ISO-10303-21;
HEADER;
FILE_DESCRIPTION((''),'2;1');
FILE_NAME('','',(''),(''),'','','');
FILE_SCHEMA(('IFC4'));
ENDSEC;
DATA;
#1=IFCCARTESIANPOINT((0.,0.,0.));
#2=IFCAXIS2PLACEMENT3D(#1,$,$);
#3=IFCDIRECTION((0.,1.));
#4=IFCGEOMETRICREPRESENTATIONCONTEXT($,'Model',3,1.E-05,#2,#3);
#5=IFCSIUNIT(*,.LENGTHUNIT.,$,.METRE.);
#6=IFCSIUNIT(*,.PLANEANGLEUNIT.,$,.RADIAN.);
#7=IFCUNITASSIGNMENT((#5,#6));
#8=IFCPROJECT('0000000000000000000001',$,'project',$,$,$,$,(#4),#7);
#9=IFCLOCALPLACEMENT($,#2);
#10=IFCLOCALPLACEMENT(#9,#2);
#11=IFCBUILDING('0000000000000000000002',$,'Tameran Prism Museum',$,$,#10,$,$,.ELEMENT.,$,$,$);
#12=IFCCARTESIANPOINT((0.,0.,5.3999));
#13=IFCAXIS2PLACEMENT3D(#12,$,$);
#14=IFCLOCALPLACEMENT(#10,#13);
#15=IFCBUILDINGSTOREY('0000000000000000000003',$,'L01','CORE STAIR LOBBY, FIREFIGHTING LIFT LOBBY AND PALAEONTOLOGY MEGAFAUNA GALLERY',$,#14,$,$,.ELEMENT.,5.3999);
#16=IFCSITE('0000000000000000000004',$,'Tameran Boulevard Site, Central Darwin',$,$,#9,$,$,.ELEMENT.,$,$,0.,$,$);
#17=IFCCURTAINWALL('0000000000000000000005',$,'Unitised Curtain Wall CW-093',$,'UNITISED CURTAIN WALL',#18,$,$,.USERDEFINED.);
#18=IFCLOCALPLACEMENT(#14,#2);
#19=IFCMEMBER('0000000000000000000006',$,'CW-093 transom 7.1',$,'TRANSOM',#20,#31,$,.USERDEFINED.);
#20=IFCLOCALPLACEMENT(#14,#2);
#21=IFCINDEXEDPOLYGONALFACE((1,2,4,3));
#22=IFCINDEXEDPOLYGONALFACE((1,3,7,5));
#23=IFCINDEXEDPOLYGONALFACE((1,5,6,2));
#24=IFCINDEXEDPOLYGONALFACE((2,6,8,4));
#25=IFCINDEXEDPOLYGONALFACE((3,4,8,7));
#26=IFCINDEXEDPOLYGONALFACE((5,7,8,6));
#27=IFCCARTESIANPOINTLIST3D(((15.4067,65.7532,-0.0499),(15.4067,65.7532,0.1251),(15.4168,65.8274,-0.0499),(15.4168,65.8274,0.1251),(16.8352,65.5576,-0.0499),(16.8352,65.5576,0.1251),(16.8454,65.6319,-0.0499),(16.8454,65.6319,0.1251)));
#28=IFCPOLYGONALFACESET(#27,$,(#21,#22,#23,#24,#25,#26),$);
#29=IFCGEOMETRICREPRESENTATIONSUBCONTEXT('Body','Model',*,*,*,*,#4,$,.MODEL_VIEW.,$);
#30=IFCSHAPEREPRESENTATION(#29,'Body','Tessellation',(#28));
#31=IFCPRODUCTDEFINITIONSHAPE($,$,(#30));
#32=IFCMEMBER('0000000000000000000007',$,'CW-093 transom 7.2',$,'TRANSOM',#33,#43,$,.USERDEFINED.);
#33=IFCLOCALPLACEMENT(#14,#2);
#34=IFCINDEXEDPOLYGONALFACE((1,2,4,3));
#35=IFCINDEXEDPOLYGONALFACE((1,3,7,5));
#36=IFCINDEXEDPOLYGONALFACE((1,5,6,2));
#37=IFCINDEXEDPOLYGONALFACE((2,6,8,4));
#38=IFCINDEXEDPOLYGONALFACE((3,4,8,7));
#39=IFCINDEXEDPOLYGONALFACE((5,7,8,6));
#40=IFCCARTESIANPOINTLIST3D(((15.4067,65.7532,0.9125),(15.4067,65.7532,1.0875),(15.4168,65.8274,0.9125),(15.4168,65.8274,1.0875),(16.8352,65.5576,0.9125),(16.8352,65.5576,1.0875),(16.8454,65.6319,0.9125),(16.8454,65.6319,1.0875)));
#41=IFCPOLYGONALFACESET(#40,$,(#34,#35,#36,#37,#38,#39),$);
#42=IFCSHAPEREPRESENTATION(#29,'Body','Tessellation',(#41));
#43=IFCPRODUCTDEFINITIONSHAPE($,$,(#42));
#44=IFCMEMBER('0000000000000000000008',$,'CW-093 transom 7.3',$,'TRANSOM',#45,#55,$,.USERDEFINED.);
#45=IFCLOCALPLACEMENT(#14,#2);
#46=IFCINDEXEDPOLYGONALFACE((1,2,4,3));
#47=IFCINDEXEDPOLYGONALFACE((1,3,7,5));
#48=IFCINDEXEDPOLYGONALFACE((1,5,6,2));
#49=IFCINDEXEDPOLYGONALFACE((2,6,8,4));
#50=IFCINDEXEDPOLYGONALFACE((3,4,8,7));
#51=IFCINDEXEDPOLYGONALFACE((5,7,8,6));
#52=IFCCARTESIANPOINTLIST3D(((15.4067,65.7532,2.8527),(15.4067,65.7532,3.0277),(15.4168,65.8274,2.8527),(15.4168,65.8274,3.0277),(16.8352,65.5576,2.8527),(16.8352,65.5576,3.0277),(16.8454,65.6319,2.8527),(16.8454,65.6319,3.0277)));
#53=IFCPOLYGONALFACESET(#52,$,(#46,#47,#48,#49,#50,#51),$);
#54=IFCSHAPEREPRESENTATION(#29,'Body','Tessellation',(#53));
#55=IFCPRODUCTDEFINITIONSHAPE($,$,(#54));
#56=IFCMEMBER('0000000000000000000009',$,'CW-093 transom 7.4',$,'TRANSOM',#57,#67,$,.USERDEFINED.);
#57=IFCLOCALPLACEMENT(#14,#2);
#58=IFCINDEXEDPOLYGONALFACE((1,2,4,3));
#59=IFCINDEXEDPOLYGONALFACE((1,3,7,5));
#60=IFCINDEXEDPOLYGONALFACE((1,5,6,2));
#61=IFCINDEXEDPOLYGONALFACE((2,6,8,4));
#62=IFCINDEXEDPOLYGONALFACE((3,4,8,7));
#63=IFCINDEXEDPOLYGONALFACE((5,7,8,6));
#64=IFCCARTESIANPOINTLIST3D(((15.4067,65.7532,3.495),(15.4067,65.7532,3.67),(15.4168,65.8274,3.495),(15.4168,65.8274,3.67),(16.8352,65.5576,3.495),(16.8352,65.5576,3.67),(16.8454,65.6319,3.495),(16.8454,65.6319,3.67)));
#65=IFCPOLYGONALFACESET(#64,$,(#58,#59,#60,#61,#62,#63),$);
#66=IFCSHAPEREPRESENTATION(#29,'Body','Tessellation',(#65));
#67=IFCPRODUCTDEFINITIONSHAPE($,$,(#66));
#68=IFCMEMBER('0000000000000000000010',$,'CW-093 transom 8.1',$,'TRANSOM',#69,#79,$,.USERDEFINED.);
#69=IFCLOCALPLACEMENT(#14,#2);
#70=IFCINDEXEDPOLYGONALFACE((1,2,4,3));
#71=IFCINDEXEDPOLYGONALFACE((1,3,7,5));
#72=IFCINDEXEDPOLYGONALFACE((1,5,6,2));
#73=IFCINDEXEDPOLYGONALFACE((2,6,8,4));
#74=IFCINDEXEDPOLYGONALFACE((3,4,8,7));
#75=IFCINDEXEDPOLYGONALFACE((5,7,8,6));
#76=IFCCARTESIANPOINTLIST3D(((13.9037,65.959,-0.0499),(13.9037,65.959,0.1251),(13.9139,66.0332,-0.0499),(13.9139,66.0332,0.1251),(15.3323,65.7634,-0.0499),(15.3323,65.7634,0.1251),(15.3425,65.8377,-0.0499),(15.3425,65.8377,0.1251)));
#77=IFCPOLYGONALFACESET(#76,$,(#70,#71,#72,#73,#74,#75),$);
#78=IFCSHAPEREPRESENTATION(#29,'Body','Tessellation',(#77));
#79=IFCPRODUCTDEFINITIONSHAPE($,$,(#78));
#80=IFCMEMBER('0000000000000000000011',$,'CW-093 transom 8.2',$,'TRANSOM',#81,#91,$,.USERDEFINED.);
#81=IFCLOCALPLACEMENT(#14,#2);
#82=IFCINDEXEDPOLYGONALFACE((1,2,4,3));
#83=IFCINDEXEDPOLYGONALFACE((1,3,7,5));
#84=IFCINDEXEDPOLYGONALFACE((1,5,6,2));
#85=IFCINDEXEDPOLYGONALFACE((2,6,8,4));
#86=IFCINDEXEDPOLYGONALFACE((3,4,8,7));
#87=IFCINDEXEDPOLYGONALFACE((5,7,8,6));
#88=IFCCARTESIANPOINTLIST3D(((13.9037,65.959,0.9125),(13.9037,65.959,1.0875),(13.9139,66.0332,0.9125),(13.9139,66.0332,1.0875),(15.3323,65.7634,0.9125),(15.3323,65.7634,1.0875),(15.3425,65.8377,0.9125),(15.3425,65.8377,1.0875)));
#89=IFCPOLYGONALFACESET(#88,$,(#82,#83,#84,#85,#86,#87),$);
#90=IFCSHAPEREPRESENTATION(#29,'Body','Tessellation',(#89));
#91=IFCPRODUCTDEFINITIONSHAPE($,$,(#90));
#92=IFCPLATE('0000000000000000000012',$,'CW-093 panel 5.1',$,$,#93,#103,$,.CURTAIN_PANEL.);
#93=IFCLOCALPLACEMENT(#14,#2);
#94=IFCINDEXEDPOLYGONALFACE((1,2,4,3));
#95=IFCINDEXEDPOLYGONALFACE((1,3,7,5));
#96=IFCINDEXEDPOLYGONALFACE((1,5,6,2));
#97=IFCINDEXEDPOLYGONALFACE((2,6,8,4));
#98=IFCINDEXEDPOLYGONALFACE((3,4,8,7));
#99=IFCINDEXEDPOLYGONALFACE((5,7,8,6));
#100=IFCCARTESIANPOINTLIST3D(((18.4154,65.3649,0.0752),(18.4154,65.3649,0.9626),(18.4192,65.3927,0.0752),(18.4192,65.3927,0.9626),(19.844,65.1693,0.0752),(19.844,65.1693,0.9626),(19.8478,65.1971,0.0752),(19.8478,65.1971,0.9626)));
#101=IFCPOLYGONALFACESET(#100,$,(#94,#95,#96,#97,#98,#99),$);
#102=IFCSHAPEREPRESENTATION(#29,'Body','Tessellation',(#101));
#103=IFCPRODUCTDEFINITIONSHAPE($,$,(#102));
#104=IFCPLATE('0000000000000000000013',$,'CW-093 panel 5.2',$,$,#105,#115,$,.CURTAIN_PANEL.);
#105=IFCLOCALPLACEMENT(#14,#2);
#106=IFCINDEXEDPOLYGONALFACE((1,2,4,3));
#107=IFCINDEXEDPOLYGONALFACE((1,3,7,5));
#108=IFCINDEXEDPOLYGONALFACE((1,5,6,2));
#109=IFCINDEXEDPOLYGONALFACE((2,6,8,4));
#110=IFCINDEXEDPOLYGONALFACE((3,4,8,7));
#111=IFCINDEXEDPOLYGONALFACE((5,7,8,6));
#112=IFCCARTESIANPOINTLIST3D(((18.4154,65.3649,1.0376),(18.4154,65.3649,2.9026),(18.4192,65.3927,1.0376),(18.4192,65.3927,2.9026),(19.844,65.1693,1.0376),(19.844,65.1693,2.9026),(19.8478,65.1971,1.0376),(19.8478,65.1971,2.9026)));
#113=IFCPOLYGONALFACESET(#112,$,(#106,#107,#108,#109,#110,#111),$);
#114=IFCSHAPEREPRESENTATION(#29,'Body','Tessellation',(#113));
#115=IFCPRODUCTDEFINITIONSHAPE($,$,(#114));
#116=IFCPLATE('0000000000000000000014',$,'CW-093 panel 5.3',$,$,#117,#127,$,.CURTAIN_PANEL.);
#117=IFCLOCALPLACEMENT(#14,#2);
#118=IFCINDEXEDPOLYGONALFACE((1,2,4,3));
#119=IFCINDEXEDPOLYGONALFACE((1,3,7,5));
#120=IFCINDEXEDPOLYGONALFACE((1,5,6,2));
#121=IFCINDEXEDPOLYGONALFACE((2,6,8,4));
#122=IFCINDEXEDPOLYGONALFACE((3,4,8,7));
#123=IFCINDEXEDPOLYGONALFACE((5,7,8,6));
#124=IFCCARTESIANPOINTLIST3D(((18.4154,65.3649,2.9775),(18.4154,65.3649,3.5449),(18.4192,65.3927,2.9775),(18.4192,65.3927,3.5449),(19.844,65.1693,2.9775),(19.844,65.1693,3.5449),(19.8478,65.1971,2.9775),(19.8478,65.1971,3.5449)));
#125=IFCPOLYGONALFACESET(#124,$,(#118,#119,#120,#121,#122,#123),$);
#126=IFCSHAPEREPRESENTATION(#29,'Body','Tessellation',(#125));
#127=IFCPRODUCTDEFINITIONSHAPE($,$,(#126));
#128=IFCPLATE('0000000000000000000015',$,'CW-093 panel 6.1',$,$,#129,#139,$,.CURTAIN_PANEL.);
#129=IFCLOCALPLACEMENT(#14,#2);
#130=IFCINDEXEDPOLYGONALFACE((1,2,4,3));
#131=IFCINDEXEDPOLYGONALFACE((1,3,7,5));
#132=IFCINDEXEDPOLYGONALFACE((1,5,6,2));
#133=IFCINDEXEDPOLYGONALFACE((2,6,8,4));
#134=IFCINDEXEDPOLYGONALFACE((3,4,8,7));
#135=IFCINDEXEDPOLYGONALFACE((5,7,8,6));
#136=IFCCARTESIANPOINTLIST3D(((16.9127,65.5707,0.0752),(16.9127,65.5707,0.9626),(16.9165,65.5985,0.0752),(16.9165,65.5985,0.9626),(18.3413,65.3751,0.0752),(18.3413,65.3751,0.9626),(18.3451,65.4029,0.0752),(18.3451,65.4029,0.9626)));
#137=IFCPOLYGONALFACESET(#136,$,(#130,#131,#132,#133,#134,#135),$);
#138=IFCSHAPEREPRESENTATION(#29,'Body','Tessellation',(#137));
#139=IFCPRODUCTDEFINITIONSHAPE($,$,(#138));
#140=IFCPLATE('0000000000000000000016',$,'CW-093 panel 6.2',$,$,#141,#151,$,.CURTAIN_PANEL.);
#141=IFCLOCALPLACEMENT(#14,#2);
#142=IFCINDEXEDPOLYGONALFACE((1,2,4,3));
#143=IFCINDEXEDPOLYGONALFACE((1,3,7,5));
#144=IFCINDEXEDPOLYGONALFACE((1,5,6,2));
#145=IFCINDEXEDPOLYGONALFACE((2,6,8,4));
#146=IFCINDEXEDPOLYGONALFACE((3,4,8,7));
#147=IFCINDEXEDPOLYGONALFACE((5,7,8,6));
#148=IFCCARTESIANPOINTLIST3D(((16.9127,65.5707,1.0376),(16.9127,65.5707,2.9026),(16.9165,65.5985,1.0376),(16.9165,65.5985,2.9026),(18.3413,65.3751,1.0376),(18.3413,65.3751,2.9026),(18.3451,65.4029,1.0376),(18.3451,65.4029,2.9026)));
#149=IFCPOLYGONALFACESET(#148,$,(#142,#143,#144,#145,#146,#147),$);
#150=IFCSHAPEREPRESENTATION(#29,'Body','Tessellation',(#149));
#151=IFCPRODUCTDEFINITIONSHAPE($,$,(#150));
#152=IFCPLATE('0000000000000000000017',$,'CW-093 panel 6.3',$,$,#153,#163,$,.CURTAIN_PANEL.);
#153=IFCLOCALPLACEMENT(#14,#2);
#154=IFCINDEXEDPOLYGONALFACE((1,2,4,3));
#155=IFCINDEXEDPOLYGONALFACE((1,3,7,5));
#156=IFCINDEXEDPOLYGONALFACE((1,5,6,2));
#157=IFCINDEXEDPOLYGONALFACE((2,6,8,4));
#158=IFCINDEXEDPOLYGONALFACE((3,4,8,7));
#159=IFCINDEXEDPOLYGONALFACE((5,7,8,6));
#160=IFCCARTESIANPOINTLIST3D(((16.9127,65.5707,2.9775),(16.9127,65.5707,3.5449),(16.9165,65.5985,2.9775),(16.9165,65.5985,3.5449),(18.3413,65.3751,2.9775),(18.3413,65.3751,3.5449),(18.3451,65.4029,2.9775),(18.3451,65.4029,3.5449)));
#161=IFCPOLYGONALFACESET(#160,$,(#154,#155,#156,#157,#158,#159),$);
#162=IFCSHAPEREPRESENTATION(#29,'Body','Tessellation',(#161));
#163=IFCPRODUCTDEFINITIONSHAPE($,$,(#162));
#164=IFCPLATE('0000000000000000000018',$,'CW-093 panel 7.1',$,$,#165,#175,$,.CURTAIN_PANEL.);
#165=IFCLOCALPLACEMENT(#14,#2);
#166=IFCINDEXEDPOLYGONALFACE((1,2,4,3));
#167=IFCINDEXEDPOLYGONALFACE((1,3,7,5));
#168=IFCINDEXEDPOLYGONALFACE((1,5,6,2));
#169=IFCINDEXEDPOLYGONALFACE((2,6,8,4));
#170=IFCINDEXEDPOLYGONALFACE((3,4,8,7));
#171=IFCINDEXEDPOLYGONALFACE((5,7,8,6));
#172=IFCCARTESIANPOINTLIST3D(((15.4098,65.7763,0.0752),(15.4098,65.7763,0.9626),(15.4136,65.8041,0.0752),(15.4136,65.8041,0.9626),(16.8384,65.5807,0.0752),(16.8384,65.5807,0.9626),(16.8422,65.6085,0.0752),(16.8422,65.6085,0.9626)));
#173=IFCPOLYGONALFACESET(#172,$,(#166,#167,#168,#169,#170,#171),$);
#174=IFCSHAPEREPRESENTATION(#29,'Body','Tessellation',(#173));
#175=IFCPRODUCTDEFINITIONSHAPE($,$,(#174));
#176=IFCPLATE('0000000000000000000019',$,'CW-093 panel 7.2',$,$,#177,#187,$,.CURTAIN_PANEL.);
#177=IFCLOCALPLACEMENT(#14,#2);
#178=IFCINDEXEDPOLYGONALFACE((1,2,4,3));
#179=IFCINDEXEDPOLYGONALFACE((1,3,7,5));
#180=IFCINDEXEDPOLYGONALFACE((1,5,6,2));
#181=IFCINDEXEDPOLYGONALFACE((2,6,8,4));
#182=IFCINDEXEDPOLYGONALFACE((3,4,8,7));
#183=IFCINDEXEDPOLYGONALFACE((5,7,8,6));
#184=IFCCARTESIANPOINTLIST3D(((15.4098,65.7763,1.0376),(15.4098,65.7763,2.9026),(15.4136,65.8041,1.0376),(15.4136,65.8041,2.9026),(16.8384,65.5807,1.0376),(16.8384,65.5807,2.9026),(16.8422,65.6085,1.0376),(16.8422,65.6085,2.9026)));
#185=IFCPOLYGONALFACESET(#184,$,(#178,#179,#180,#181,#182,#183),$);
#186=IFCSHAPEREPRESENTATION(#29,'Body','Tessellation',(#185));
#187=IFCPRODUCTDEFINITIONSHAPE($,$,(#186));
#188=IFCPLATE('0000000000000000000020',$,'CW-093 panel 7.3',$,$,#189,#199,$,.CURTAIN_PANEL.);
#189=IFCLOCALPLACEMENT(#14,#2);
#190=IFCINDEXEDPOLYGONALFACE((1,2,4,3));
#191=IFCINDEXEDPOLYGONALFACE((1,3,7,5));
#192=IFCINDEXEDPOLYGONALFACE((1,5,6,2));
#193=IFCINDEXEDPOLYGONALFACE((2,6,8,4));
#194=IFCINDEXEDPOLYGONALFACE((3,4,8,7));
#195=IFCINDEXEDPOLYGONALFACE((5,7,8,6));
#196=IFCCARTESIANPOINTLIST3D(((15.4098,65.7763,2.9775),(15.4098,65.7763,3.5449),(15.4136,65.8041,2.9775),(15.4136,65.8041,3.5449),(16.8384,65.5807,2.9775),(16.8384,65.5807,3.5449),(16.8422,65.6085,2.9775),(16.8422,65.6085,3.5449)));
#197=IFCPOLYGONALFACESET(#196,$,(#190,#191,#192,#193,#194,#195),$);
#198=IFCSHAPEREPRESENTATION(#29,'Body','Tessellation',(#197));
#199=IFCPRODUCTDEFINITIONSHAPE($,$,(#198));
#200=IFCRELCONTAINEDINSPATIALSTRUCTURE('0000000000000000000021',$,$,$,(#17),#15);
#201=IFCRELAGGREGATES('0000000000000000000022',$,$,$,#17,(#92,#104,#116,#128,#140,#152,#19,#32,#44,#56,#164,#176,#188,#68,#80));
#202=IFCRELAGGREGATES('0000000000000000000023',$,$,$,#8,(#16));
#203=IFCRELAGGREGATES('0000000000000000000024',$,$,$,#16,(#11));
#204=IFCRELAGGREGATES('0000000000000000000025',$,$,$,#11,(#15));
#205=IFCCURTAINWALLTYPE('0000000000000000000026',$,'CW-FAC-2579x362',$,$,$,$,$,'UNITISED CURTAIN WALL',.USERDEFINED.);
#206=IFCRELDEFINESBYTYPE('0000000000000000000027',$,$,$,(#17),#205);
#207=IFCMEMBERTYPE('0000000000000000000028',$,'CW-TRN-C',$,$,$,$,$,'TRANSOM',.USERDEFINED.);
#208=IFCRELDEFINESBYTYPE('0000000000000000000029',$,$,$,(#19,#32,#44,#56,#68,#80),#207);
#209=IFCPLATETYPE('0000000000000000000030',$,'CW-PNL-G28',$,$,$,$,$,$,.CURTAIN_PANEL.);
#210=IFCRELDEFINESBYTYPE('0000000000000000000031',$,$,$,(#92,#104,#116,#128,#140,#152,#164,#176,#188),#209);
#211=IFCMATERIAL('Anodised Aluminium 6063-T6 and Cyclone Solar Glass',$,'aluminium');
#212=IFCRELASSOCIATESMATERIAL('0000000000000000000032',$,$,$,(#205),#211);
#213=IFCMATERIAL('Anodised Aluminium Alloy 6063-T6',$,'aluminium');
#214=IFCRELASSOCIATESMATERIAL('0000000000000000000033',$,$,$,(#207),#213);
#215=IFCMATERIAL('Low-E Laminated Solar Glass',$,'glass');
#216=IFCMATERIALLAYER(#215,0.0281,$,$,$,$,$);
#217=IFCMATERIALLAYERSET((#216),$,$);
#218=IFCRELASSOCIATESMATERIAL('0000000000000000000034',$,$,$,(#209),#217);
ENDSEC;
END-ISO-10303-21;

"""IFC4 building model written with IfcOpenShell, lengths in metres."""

from ifc_helpers import new_model, si_unit, direction, frame, origin, origin_2d, place, context, subcontext, project, spatial, rectangle, extrude, material, layer, layer_set, material_profile, profile_set, type_object, element, aggregate, save


model = new_model("IFC4")

# Units and contexts
model_context = context("Model", 3, precision=1e-05, world=origin(), true_north=direction((0.0, 1.0)))
body_context = subcontext(model_context, "Body", "Model", "MODEL_VIEW")
ifc_project = project(units=[si_unit("LENGTHUNIT", "METRE"), si_unit("PLANEANGLEUNIT", "RADIAN")], contexts=[model_context])

# Site, building, storey
site_placement = place(None, origin())
site = spatial("IfcSite", under=ifc_project, at=site_placement, Name="Tameran Boulevard Site, Central Darwin", CompositionType="ELEMENT", RefElevation=0.0)
building_placement = place(site_placement, origin())
building = spatial("IfcBuilding", under=site, at=building_placement, Name="Tameran Prism Museum", CompositionType="ELEMENT")
storey_placement = place(building_placement, frame((0.0, 0.0, 5.3999)))
storey = spatial("IfcBuildingStorey", under=building, at=storey_placement, Name="L01", Description="CORE STAIR LOBBY, FIREFIGHTING LIFT LOBBY AND PALAEONTOLOGY MEGAFAUNA GALLERY", CompositionType="ELEMENT", Elevation=5.3999)

# Curtain wall
ifc_material_1 = material(Name="Anodised Aluminium 6063-T6 and Cyclone Solar Glass", Category="aluminium")
curtain_wall_type_1 = type_object("IfcCurtainWallType", Name="CW-FAC-2579x362", ElementType="UNITISED CURTAIN WALL", PredefinedType="USERDEFINED", material=ifc_material_1)
curtain_wall_1_placement = place(storey_placement, origin())
curtain_wall_1 = element("IfcCurtainWall", 1, at=curtain_wall_1_placement, inside=storey, type_object=curtain_wall_type_1, Name="Unitised Curtain Wall CW-093", ObjectType="UNITISED CURTAIN WALL", PredefinedType="USERDEFINED")

# Members
ifc_material_2 = material(Name="Anodised Aluminium Alloy 6063-T6", Category="aluminium")
ifc_material_profile_1 = material_profile(ifc_material_2, rectangle(XDim=0.075, YDim=0.175, at=origin_2d()))
ifc_profile_set_1 = profile_set([ifc_material_profile_1])
member_type_1 = type_object("IfcMemberType", Name="CW-TRN-C", ElementType="TRANSOM", PredefinedType="USERDEFINED", material=ifc_profile_set_1)
member_1_placement = place(storey_placement, frame((16.8403, 65.5947, 0.0376), z_axis=(-0.990759, 0.135635, 0.0), x_axis=(-0.135635, -0.990759, 0.0)))
member_1 = element("IfcMember", 2, at=member_1_placement, type_object=member_type_1, Name="CW-093 transom 7.1", ObjectType="TRANSOM", PredefinedType="USERDEFINED", context=body_context, shape_type="SweptSolid", body=[
    extrude(rectangle(XDim=0.075, YDim=0.175, at=origin_2d()), origin(), (0.0, 0.0, 1.0), 1.4419),
])
member_2_placement = place(storey_placement, frame((16.8403, 65.5947, 1.0), z_axis=(-0.990759, 0.135635, 0.0), x_axis=(-0.135635, -0.990759, 0.0)))
member_2 = element("IfcMember", 3, at=member_2_placement, type_object=member_type_1, Name="CW-093 transom 7.2", ObjectType="TRANSOM", PredefinedType="USERDEFINED", context=body_context, shape_type="SweptSolid", body=[
    extrude(rectangle(XDim=0.075, YDim=0.175, at=origin_2d()), origin(), (0.0, 0.0, 1.0), 1.4419),
])
member_3_placement = place(storey_placement, frame((16.8403, 65.5947, 2.9402), z_axis=(-0.990759, 0.135635, 0.0), x_axis=(-0.135635, -0.990759, 0.0)))
member_3 = element("IfcMember", 4, at=member_3_placement, type_object=member_type_1, Name="CW-093 transom 7.3", ObjectType="TRANSOM", PredefinedType="USERDEFINED", context=body_context, shape_type="SweptSolid", body=[
    extrude(rectangle(XDim=0.075, YDim=0.175, at=origin_2d()), origin(), (0.0, 0.0, 1.0), 1.4419),
])
member_4_placement = place(storey_placement, frame((16.8403, 65.5947, 3.5825), z_axis=(-0.990759, 0.135635, 0.0), x_axis=(-0.135635, -0.990759, 0.0)))
member_4 = element("IfcMember", 5, at=member_4_placement, type_object=member_type_1, Name="CW-093 transom 7.4", ObjectType="TRANSOM", PredefinedType="USERDEFINED", context=body_context, shape_type="SweptSolid", body=[
    extrude(rectangle(XDim=0.075, YDim=0.175, at=origin_2d()), origin(), (0.0, 0.0, 1.0), 1.4419),
])
member_5_placement = place(storey_placement, frame((15.3374, 65.8005, 0.0376), z_axis=(-0.990759, 0.135635, 0.0), x_axis=(-0.135635, -0.990759, 0.0)))
member_5 = element("IfcMember", 6, at=member_5_placement, type_object=member_type_1, Name="CW-093 transom 8.1", ObjectType="TRANSOM", PredefinedType="USERDEFINED", context=body_context, shape_type="SweptSolid", body=[
    extrude(rectangle(XDim=0.075, YDim=0.175, at=origin_2d()), origin(), (0.0, 0.0, 1.0), 1.4419),
])
member_6_placement = place(storey_placement, frame((15.3374, 65.8005, 1.0), z_axis=(-0.990759, 0.135635, 0.0), x_axis=(-0.135635, -0.990759, 0.0)))
member_6 = element("IfcMember", 7, at=member_6_placement, type_object=member_type_1, Name="CW-093 transom 8.2", ObjectType="TRANSOM", PredefinedType="USERDEFINED", context=body_context, shape_type="SweptSolid", body=[
    extrude(rectangle(XDim=0.075, YDim=0.175, at=origin_2d()), origin(), (0.0, 0.0, 1.0), 1.4419),
])

# Plates
ifc_material_3 = material(Name="Low-E Laminated Solar Glass", Category="glass")
ifc_layer_1 = layer(ifc_material_3, 0.0281)
ifc_layer_set_1 = layer_set([ifc_layer_1])
plate_type_1 = type_object("IfcPlateType", Name="CW-PNL-G28", PredefinedType="CURTAIN_PANEL", material=ifc_layer_set_1)
plate_1_placement = place(storey_placement, frame((19.1316, 65.281, 0.0752), z_axis=(0.0, 0.0, 1.0), x_axis=(-0.990756, 0.135658, 0.0)))
plate_1 = element("IfcPlate", 8, at=plate_1_placement, type_object=plate_type_1, Name="CW-093 panel 5.1", PredefinedType="CURTAIN_PANEL", context=body_context, shape_type="SweptSolid", body=[
    extrude(rectangle(XDim=1.4419, YDim=0.0281, at=origin_2d()), origin(), (0.0, 0.0, 1.0), 0.8875),
])
plate_2_placement = place(storey_placement, frame((19.1316, 65.281, 1.0376), z_axis=(0.0, 0.0, 1.0), x_axis=(-0.990756, 0.135658, 0.0)))
plate_2 = element("IfcPlate", 9, at=plate_2_placement, type_object=plate_type_1, Name="CW-093 panel 5.2", PredefinedType="CURTAIN_PANEL", context=body_context, shape_type="SweptSolid", body=[
    extrude(rectangle(XDim=1.4419, YDim=0.0281, at=origin_2d()), origin(), (0.0, 0.0, 1.0), 1.865),
])
plate_3_placement = place(storey_placement, frame((19.1316, 65.281, 2.9775), z_axis=(0.0, 0.0, 1.0), x_axis=(-0.990756, 0.135658, 0.0)))
plate_3 = element("IfcPlate", 10, at=plate_3_placement, type_object=plate_type_1, Name="CW-093 panel 5.3", PredefinedType="CURTAIN_PANEL", context=body_context, shape_type="SweptSolid", body=[
    extrude(rectangle(XDim=1.4419, YDim=0.0281, at=origin_2d()), origin(), (0.0, 0.0, 1.0), 0.5674),
])
plate_4_placement = place(storey_placement, frame((17.6289, 65.4868, 0.0752), z_axis=(0.0, 0.0, 1.0), x_axis=(-0.990756, 0.135658, 0.0)))
plate_4 = element("IfcPlate", 11, at=plate_4_placement, type_object=plate_type_1, Name="CW-093 panel 6.1", PredefinedType="CURTAIN_PANEL", context=body_context, shape_type="SweptSolid", body=[
    extrude(rectangle(XDim=1.4419, YDim=0.0281, at=origin_2d()), origin(), (0.0, 0.0, 1.0), 0.8875),
])
plate_5_placement = place(storey_placement, frame((17.6289, 65.4868, 1.0376), z_axis=(0.0, 0.0, 1.0), x_axis=(-0.990756, 0.135658, 0.0)))
plate_5 = element("IfcPlate", 12, at=plate_5_placement, type_object=plate_type_1, Name="CW-093 panel 6.2", PredefinedType="CURTAIN_PANEL", context=body_context, shape_type="SweptSolid", body=[
    extrude(rectangle(XDim=1.4419, YDim=0.0281, at=origin_2d()), origin(), (0.0, 0.0, 1.0), 1.865),
])
plate_6_placement = place(storey_placement, frame((17.6289, 65.4868, 2.9775), z_axis=(0.0, 0.0, 1.0), x_axis=(-0.990756, 0.135658, 0.0)))
plate_6 = element("IfcPlate", 13, at=plate_6_placement, type_object=plate_type_1, Name="CW-093 panel 6.3", PredefinedType="CURTAIN_PANEL", context=body_context, shape_type="SweptSolid", body=[
    extrude(rectangle(XDim=1.4419, YDim=0.0281, at=origin_2d()), origin(), (0.0, 0.0, 1.0), 0.5674),
])
plate_7_placement = place(storey_placement, frame((16.126, 65.6924, 0.0752), z_axis=(0.0, 0.0, 1.0), x_axis=(-0.990756, 0.135658, 0.0)))
plate_7 = element("IfcPlate", 14, at=plate_7_placement, type_object=plate_type_1, Name="CW-093 panel 7.1", PredefinedType="CURTAIN_PANEL", context=body_context, shape_type="SweptSolid", body=[
    extrude(rectangle(XDim=1.4419, YDim=0.0281, at=origin_2d()), origin(), (0.0, 0.0, 1.0), 0.8875),
])
plate_8_placement = place(storey_placement, frame((16.126, 65.6924, 1.0376), z_axis=(0.0, 0.0, 1.0), x_axis=(-0.990756, 0.135658, 0.0)))
plate_8 = element("IfcPlate", 15, at=plate_8_placement, type_object=plate_type_1, Name="CW-093 panel 7.2", PredefinedType="CURTAIN_PANEL", context=body_context, shape_type="SweptSolid", body=[
    extrude(rectangle(XDim=1.4419, YDim=0.0281, at=origin_2d()), origin(), (0.0, 0.0, 1.0), 1.865),
])
plate_9_placement = place(storey_placement, frame((16.126, 65.6924, 2.9775), z_axis=(0.0, 0.0, 1.0), x_axis=(-0.990756, 0.135658, 0.0)))
plate_9 = element("IfcPlate", 16, at=plate_9_placement, type_object=plate_type_1, Name="CW-093 panel 7.3", PredefinedType="CURTAIN_PANEL", context=body_context, shape_type="SweptSolid", body=[
    extrude(rectangle(XDim=1.4419, YDim=0.0281, at=origin_2d()), origin(), (0.0, 0.0, 1.0), 0.5674),
])
aggregate(curtain_wall_1, [plate_1, plate_2, plate_3, plate_4, plate_5, plate_6, member_1, member_2, member_3, member_4, plate_7, plate_8, plate_9, member_5, member_6])

save(model, "model.ifc")
